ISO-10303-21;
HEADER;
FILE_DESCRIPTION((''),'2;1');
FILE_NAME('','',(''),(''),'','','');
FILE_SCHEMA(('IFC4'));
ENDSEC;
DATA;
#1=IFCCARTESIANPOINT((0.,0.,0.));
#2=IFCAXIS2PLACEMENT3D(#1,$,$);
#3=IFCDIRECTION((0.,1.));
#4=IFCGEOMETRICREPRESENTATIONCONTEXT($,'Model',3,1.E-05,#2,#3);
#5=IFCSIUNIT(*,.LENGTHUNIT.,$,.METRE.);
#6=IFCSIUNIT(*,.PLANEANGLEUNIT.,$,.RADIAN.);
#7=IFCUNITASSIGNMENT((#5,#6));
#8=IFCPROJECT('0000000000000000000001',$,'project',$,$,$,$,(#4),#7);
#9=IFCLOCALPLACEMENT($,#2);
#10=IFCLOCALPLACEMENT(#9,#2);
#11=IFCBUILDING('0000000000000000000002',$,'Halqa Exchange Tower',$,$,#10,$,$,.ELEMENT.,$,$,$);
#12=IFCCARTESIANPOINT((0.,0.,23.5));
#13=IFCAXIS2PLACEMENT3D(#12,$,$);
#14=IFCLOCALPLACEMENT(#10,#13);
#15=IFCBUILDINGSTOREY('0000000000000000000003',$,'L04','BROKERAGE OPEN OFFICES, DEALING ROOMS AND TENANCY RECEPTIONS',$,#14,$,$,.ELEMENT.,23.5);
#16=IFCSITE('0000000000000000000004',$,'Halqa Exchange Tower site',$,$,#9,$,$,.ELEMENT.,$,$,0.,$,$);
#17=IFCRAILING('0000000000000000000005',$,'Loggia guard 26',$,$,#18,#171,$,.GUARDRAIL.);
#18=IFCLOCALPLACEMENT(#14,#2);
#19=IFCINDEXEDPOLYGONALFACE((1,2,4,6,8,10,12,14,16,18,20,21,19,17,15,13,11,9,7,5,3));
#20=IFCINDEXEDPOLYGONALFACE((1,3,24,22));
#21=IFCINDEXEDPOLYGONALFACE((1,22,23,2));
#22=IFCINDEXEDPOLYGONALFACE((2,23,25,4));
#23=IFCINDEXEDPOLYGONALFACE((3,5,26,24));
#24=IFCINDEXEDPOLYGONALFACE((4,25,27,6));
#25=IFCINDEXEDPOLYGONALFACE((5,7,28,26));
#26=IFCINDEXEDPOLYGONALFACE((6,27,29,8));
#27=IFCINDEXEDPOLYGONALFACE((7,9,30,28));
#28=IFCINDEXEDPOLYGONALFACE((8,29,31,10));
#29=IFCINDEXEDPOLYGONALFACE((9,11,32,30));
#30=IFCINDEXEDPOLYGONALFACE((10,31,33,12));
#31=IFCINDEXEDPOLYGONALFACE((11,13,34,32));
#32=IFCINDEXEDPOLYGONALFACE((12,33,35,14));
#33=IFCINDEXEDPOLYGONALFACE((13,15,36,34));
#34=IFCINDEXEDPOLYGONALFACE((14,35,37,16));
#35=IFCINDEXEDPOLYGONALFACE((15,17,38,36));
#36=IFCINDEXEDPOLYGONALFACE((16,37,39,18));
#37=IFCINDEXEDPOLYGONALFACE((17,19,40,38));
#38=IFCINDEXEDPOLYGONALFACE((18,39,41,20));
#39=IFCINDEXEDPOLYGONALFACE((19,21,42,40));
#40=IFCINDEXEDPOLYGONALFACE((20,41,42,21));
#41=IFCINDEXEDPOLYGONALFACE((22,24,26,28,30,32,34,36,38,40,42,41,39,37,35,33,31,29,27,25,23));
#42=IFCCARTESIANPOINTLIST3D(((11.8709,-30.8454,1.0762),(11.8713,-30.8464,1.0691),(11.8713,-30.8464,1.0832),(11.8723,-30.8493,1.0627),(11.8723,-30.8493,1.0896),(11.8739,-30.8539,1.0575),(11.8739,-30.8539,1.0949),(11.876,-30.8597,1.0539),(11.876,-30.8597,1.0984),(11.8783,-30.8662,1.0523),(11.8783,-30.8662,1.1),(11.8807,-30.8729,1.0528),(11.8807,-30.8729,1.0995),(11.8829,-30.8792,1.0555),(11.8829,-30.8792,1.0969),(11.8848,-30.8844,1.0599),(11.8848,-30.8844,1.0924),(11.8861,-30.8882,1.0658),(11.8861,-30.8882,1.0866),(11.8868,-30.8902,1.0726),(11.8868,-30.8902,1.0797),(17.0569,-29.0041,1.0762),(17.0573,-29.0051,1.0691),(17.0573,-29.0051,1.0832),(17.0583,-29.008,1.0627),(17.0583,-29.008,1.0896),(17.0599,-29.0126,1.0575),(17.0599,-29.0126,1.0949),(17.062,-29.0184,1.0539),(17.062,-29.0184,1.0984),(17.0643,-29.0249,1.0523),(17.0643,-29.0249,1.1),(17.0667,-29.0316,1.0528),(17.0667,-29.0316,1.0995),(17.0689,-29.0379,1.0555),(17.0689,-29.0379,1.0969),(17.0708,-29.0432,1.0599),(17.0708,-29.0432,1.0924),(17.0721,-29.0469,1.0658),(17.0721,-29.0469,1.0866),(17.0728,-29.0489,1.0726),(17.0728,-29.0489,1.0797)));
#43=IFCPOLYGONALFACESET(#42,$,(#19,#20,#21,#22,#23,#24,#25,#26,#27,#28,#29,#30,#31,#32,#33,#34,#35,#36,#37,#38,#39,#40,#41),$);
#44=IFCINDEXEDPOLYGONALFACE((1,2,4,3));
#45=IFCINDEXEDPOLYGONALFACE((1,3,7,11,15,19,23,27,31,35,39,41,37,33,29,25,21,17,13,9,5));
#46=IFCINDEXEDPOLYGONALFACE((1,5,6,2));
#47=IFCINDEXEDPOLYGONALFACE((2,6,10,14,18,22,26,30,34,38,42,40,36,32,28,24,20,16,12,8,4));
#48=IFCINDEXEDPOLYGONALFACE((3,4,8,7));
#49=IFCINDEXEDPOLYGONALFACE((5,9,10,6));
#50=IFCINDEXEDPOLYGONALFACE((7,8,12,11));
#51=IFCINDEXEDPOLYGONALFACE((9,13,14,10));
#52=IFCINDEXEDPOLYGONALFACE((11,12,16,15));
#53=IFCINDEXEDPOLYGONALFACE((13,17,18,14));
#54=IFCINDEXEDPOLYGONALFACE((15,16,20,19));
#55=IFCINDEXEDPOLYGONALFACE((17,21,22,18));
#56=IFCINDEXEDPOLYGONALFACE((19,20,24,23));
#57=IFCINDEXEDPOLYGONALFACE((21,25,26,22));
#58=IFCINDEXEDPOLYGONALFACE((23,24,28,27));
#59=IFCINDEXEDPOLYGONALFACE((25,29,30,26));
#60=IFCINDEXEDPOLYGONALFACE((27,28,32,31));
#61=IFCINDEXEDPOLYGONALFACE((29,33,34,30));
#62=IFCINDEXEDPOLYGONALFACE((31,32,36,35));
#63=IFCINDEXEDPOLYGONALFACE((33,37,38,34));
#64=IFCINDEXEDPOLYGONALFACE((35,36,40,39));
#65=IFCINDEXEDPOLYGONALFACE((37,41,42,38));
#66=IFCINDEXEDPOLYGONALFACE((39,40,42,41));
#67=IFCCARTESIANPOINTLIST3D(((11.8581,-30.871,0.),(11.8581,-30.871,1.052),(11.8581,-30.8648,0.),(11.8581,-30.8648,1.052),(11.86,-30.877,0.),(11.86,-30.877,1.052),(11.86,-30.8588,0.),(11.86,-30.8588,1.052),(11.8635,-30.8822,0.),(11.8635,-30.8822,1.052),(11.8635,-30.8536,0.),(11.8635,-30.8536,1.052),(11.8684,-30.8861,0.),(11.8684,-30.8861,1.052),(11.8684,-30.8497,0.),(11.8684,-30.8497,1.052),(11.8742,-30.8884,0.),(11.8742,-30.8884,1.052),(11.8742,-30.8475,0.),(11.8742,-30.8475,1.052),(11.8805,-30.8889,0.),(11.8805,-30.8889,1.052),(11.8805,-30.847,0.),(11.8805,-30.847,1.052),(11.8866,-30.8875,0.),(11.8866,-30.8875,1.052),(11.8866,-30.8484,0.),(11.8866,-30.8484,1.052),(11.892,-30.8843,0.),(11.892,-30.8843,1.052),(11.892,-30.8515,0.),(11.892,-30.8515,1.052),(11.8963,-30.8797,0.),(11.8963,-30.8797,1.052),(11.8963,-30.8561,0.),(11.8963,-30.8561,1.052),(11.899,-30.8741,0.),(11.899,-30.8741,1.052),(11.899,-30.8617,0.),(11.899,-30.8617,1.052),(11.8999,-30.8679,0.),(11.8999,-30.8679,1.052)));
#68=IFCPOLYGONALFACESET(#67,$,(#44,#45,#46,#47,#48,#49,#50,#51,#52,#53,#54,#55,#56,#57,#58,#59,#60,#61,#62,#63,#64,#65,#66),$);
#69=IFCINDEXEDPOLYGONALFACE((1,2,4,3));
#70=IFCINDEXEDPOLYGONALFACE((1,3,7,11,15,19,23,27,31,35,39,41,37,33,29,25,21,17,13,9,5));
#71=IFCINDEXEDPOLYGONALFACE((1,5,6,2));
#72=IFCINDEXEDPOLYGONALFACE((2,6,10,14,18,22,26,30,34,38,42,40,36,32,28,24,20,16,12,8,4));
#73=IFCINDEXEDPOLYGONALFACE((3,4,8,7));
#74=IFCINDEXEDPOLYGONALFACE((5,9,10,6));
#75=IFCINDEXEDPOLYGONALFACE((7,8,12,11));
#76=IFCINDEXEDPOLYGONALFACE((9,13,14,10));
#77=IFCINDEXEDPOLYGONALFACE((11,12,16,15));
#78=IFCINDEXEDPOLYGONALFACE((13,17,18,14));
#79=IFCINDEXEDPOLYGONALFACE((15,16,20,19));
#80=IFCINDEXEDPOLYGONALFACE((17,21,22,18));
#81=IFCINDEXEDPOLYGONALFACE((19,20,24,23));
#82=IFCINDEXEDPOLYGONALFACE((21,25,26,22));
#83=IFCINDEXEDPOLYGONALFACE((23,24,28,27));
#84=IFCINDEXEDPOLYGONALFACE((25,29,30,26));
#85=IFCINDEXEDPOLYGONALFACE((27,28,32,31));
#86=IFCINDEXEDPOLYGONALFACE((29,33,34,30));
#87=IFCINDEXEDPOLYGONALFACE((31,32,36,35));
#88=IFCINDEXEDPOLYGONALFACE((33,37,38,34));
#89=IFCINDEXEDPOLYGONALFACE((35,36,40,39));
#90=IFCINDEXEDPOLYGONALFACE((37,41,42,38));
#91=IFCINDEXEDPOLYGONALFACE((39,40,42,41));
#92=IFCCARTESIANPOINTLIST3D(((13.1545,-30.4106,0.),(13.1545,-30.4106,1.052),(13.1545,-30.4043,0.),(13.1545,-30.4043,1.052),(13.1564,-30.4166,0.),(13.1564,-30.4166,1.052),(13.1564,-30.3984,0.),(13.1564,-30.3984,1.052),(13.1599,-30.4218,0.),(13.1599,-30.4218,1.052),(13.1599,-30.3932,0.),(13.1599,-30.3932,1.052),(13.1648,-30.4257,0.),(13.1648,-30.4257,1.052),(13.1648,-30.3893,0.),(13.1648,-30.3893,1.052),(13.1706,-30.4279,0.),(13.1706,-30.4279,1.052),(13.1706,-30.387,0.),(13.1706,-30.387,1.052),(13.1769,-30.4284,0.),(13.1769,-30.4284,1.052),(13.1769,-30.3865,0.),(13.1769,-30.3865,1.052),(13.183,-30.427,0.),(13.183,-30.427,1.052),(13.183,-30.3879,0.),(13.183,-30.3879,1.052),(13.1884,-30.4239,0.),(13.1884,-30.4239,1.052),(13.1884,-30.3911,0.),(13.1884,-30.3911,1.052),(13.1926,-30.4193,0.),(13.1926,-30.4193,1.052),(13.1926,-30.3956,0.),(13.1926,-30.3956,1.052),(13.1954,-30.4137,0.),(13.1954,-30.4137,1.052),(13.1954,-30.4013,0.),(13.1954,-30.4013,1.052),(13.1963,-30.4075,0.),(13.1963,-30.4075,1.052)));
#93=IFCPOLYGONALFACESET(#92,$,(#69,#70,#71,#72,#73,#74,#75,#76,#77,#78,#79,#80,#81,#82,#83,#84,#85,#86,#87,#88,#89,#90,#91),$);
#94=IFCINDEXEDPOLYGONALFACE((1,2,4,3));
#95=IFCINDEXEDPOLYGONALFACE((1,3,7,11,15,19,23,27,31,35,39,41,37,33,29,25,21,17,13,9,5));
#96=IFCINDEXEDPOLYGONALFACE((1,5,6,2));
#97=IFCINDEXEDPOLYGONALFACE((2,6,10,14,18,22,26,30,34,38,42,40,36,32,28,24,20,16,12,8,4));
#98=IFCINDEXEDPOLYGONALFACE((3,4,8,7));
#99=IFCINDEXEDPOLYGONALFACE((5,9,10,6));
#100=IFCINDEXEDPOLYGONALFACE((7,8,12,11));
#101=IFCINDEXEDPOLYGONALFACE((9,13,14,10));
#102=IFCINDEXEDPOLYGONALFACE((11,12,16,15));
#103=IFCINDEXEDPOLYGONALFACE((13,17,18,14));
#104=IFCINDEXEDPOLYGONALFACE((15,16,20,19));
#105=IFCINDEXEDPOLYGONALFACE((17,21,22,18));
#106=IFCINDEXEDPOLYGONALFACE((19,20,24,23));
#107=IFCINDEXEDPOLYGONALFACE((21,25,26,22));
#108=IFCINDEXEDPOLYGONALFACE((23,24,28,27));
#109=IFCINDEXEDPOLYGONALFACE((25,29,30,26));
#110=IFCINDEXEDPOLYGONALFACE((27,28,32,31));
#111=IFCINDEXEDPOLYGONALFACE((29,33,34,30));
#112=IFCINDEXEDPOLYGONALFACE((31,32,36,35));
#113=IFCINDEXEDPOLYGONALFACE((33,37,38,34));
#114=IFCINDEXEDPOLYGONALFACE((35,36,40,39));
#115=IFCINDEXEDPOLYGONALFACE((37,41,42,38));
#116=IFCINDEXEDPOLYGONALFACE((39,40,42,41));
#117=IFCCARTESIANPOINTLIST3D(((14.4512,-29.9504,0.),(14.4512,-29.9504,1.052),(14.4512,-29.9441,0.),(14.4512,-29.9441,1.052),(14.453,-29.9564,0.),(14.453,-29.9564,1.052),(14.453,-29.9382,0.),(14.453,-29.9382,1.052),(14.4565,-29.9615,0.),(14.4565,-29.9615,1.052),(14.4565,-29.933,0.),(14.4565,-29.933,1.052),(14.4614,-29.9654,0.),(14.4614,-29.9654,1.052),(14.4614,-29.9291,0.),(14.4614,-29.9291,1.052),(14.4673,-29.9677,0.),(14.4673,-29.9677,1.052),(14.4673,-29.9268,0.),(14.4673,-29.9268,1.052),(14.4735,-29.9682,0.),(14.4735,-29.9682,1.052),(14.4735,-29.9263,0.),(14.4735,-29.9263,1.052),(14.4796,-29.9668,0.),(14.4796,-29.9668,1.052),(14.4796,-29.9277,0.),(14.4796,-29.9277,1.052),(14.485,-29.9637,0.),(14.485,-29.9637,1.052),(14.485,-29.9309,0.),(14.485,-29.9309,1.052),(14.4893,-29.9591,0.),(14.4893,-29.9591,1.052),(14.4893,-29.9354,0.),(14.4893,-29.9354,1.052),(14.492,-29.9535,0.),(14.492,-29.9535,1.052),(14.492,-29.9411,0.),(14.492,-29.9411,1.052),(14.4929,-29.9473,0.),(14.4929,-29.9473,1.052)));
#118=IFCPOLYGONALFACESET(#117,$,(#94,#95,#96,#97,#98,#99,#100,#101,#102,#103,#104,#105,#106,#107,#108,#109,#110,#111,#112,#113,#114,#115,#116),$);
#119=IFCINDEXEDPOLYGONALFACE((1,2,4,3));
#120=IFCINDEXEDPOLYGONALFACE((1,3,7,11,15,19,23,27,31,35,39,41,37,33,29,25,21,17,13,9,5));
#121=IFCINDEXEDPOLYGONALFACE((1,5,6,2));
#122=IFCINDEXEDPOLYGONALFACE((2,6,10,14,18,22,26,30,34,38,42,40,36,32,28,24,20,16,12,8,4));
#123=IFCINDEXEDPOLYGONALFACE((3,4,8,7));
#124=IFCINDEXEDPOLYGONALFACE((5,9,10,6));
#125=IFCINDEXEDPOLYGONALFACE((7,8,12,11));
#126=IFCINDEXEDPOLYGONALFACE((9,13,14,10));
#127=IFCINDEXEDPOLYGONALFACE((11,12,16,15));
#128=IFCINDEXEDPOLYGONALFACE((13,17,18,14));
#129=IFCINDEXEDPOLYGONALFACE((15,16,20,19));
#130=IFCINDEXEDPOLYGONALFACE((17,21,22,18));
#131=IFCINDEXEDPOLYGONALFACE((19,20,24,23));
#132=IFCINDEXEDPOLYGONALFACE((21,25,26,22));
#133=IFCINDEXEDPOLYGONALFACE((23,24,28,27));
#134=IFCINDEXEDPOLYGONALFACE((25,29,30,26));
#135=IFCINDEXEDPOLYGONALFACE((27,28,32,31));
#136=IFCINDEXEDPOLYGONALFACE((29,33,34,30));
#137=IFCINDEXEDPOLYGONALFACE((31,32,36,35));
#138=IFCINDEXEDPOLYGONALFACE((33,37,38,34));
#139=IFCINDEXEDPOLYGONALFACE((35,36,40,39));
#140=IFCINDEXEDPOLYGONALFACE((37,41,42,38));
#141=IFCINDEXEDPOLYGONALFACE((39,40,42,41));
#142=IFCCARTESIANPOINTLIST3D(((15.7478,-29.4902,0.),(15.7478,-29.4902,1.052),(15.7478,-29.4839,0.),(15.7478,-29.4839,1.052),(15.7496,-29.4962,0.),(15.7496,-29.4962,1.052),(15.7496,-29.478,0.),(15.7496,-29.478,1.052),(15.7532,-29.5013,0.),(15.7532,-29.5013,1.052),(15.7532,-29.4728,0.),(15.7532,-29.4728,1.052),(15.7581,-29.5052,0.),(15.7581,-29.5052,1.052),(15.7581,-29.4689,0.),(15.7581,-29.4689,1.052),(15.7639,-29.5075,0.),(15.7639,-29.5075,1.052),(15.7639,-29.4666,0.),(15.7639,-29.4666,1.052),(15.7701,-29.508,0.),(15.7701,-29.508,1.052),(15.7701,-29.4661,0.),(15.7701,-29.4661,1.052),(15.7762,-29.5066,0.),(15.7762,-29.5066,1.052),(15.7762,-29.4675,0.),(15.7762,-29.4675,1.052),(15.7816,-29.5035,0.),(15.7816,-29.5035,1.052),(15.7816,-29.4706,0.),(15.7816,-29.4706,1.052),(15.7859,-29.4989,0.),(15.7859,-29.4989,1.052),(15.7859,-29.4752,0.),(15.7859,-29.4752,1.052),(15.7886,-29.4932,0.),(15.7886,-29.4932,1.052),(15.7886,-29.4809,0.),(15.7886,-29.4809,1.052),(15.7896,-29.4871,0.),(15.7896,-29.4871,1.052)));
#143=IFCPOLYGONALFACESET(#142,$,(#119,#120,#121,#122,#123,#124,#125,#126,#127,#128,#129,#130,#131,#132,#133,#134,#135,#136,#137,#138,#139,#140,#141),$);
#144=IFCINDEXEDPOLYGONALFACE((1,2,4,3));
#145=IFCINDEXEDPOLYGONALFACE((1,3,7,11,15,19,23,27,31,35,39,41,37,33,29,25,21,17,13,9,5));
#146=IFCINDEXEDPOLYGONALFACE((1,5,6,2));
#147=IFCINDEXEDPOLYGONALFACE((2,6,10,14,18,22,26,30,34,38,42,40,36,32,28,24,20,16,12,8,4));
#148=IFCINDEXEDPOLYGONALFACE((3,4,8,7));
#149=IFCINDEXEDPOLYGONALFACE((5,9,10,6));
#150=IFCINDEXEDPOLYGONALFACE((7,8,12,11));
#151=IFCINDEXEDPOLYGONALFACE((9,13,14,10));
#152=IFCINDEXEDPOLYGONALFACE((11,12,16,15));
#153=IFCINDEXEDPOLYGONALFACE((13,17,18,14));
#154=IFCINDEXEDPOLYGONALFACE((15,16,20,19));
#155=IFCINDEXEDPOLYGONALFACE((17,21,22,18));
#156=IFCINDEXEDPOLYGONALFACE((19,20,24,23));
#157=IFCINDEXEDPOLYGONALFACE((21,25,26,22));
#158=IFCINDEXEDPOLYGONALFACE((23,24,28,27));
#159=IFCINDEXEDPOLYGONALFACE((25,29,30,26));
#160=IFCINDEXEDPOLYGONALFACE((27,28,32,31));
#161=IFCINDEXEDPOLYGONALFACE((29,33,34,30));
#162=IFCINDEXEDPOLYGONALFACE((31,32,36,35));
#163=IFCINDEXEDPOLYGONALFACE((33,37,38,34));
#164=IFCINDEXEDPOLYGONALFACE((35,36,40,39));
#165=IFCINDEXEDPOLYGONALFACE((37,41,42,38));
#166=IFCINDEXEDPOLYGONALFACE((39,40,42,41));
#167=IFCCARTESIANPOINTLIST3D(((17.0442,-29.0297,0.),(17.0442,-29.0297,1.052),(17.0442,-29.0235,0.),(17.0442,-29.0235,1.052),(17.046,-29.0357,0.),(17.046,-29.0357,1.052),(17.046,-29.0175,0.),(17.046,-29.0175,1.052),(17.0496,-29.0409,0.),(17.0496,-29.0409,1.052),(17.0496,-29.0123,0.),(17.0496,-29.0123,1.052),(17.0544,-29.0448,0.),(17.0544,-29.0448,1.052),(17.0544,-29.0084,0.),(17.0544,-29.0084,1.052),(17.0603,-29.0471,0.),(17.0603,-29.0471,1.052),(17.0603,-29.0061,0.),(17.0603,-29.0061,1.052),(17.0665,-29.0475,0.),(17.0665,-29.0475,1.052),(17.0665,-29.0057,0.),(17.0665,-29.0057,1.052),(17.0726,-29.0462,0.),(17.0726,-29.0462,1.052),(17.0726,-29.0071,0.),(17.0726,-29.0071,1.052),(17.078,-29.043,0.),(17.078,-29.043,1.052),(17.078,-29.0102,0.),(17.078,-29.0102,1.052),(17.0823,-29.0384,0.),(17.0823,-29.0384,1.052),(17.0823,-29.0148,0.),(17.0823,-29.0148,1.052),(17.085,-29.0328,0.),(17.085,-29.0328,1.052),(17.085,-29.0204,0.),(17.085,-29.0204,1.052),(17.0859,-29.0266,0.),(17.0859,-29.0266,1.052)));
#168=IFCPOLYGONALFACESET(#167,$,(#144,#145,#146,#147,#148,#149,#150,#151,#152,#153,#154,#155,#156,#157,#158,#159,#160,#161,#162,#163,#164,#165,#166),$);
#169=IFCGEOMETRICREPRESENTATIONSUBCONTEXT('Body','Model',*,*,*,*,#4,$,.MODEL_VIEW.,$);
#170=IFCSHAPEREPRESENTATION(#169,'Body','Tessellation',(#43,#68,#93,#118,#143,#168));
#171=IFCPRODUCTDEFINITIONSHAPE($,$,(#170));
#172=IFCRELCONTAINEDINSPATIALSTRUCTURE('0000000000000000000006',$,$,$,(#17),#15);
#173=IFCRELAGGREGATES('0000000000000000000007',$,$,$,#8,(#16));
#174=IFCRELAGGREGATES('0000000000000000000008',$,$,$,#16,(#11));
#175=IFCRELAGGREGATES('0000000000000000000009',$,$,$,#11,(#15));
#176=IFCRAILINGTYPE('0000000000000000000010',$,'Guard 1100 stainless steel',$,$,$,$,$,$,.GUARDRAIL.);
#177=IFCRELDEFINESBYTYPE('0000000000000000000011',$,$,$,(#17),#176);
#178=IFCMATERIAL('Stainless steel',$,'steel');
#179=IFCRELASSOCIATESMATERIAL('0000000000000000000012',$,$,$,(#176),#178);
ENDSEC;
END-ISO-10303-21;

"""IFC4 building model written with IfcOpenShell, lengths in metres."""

from ifc_helpers import new_model, si_unit, direction, frame, origin, origin_2d, place, context, subcontext, project, spatial, circle, extrude, material, type_object, element, save


model = new_model("IFC4")

# Units and contexts
model_context = context("Model", 3, precision=1e-05, world=origin(), true_north=direction((0.0, 1.0)))
body_context = subcontext(model_context, "Body", "Model", "MODEL_VIEW")
ifc_project = project(units=[si_unit("LENGTHUNIT", "METRE"), si_unit("PLANEANGLEUNIT", "RADIAN")], contexts=[model_context])

# Site, building, storey
site_placement = place(None, origin())
site = spatial("IfcSite", under=ifc_project, at=site_placement, Name="Halqa Exchange Tower site", CompositionType="ELEMENT", RefElevation=0.0)
building_placement = place(site_placement, origin())
building = spatial("IfcBuilding", under=site, at=building_placement, Name="Halqa Exchange Tower", CompositionType="ELEMENT")
storey_placement = place(building_placement, frame((0.0, 0.0, 23.5)))
storey = spatial("IfcBuildingStorey", under=building, at=storey_placement, Name="L04", Description="BROKERAGE OPEN OFFICES, DEALING ROOMS AND TENANCY RECEPTIONS", CompositionType="ELEMENT", Elevation=23.5)

# Railing
ifc_material_1 = material(Name="Stainless steel", Category="steel")
railing_type = type_object("IfcRailingType", Name="Guard 1100 stainless steel", PredefinedType="GUARDRAIL", material=ifc_material_1)
railing_1_placement = place(storey_placement, frame((11.8789, -30.8679, 0.0)))
element("IfcRailing", 1, at=railing_1_placement, inside=storey, type_object=railing_type, Name="Loggia guard 26", PredefinedType="GUARDRAIL", context=body_context, shape_type="SweptSolid", body=[
    extrude(circle(Radius=0.0239, at=origin_2d()), frame((0.0, 0.0, 1.0762), z_axis=(0.942365, 0.334588, 0.0), x_axis=(-0.334588, 0.942365, 0.0)), (0.0, 0.0, 1.0), 5.5032),
    extrude(circle(Radius=0.021, at=origin_2d()), origin(), (0.0, 0.0, 1.0), 1.052),
    extrude(circle(Radius=0.021, at=origin_2d()), frame((1.2964, 0.4604, 0.0)), (0.0, 0.0, 1.0), 1.052),
    extrude(circle(Radius=0.021, at=origin_2d()), frame((2.593, 0.9207, 0.0)), (0.0, 0.0, 1.0), 1.052),
    extrude(circle(Radius=0.021, at=origin_2d()), frame((3.8896, 1.3809, 0.0)), (0.0, 0.0, 1.0), 1.052),
    extrude(circle(Radius=0.021, at=origin_2d()), frame((5.186, 1.8413, 0.0)), (0.0, 0.0, 1.0), 1.052),
])

save(model, "model.ifc")
